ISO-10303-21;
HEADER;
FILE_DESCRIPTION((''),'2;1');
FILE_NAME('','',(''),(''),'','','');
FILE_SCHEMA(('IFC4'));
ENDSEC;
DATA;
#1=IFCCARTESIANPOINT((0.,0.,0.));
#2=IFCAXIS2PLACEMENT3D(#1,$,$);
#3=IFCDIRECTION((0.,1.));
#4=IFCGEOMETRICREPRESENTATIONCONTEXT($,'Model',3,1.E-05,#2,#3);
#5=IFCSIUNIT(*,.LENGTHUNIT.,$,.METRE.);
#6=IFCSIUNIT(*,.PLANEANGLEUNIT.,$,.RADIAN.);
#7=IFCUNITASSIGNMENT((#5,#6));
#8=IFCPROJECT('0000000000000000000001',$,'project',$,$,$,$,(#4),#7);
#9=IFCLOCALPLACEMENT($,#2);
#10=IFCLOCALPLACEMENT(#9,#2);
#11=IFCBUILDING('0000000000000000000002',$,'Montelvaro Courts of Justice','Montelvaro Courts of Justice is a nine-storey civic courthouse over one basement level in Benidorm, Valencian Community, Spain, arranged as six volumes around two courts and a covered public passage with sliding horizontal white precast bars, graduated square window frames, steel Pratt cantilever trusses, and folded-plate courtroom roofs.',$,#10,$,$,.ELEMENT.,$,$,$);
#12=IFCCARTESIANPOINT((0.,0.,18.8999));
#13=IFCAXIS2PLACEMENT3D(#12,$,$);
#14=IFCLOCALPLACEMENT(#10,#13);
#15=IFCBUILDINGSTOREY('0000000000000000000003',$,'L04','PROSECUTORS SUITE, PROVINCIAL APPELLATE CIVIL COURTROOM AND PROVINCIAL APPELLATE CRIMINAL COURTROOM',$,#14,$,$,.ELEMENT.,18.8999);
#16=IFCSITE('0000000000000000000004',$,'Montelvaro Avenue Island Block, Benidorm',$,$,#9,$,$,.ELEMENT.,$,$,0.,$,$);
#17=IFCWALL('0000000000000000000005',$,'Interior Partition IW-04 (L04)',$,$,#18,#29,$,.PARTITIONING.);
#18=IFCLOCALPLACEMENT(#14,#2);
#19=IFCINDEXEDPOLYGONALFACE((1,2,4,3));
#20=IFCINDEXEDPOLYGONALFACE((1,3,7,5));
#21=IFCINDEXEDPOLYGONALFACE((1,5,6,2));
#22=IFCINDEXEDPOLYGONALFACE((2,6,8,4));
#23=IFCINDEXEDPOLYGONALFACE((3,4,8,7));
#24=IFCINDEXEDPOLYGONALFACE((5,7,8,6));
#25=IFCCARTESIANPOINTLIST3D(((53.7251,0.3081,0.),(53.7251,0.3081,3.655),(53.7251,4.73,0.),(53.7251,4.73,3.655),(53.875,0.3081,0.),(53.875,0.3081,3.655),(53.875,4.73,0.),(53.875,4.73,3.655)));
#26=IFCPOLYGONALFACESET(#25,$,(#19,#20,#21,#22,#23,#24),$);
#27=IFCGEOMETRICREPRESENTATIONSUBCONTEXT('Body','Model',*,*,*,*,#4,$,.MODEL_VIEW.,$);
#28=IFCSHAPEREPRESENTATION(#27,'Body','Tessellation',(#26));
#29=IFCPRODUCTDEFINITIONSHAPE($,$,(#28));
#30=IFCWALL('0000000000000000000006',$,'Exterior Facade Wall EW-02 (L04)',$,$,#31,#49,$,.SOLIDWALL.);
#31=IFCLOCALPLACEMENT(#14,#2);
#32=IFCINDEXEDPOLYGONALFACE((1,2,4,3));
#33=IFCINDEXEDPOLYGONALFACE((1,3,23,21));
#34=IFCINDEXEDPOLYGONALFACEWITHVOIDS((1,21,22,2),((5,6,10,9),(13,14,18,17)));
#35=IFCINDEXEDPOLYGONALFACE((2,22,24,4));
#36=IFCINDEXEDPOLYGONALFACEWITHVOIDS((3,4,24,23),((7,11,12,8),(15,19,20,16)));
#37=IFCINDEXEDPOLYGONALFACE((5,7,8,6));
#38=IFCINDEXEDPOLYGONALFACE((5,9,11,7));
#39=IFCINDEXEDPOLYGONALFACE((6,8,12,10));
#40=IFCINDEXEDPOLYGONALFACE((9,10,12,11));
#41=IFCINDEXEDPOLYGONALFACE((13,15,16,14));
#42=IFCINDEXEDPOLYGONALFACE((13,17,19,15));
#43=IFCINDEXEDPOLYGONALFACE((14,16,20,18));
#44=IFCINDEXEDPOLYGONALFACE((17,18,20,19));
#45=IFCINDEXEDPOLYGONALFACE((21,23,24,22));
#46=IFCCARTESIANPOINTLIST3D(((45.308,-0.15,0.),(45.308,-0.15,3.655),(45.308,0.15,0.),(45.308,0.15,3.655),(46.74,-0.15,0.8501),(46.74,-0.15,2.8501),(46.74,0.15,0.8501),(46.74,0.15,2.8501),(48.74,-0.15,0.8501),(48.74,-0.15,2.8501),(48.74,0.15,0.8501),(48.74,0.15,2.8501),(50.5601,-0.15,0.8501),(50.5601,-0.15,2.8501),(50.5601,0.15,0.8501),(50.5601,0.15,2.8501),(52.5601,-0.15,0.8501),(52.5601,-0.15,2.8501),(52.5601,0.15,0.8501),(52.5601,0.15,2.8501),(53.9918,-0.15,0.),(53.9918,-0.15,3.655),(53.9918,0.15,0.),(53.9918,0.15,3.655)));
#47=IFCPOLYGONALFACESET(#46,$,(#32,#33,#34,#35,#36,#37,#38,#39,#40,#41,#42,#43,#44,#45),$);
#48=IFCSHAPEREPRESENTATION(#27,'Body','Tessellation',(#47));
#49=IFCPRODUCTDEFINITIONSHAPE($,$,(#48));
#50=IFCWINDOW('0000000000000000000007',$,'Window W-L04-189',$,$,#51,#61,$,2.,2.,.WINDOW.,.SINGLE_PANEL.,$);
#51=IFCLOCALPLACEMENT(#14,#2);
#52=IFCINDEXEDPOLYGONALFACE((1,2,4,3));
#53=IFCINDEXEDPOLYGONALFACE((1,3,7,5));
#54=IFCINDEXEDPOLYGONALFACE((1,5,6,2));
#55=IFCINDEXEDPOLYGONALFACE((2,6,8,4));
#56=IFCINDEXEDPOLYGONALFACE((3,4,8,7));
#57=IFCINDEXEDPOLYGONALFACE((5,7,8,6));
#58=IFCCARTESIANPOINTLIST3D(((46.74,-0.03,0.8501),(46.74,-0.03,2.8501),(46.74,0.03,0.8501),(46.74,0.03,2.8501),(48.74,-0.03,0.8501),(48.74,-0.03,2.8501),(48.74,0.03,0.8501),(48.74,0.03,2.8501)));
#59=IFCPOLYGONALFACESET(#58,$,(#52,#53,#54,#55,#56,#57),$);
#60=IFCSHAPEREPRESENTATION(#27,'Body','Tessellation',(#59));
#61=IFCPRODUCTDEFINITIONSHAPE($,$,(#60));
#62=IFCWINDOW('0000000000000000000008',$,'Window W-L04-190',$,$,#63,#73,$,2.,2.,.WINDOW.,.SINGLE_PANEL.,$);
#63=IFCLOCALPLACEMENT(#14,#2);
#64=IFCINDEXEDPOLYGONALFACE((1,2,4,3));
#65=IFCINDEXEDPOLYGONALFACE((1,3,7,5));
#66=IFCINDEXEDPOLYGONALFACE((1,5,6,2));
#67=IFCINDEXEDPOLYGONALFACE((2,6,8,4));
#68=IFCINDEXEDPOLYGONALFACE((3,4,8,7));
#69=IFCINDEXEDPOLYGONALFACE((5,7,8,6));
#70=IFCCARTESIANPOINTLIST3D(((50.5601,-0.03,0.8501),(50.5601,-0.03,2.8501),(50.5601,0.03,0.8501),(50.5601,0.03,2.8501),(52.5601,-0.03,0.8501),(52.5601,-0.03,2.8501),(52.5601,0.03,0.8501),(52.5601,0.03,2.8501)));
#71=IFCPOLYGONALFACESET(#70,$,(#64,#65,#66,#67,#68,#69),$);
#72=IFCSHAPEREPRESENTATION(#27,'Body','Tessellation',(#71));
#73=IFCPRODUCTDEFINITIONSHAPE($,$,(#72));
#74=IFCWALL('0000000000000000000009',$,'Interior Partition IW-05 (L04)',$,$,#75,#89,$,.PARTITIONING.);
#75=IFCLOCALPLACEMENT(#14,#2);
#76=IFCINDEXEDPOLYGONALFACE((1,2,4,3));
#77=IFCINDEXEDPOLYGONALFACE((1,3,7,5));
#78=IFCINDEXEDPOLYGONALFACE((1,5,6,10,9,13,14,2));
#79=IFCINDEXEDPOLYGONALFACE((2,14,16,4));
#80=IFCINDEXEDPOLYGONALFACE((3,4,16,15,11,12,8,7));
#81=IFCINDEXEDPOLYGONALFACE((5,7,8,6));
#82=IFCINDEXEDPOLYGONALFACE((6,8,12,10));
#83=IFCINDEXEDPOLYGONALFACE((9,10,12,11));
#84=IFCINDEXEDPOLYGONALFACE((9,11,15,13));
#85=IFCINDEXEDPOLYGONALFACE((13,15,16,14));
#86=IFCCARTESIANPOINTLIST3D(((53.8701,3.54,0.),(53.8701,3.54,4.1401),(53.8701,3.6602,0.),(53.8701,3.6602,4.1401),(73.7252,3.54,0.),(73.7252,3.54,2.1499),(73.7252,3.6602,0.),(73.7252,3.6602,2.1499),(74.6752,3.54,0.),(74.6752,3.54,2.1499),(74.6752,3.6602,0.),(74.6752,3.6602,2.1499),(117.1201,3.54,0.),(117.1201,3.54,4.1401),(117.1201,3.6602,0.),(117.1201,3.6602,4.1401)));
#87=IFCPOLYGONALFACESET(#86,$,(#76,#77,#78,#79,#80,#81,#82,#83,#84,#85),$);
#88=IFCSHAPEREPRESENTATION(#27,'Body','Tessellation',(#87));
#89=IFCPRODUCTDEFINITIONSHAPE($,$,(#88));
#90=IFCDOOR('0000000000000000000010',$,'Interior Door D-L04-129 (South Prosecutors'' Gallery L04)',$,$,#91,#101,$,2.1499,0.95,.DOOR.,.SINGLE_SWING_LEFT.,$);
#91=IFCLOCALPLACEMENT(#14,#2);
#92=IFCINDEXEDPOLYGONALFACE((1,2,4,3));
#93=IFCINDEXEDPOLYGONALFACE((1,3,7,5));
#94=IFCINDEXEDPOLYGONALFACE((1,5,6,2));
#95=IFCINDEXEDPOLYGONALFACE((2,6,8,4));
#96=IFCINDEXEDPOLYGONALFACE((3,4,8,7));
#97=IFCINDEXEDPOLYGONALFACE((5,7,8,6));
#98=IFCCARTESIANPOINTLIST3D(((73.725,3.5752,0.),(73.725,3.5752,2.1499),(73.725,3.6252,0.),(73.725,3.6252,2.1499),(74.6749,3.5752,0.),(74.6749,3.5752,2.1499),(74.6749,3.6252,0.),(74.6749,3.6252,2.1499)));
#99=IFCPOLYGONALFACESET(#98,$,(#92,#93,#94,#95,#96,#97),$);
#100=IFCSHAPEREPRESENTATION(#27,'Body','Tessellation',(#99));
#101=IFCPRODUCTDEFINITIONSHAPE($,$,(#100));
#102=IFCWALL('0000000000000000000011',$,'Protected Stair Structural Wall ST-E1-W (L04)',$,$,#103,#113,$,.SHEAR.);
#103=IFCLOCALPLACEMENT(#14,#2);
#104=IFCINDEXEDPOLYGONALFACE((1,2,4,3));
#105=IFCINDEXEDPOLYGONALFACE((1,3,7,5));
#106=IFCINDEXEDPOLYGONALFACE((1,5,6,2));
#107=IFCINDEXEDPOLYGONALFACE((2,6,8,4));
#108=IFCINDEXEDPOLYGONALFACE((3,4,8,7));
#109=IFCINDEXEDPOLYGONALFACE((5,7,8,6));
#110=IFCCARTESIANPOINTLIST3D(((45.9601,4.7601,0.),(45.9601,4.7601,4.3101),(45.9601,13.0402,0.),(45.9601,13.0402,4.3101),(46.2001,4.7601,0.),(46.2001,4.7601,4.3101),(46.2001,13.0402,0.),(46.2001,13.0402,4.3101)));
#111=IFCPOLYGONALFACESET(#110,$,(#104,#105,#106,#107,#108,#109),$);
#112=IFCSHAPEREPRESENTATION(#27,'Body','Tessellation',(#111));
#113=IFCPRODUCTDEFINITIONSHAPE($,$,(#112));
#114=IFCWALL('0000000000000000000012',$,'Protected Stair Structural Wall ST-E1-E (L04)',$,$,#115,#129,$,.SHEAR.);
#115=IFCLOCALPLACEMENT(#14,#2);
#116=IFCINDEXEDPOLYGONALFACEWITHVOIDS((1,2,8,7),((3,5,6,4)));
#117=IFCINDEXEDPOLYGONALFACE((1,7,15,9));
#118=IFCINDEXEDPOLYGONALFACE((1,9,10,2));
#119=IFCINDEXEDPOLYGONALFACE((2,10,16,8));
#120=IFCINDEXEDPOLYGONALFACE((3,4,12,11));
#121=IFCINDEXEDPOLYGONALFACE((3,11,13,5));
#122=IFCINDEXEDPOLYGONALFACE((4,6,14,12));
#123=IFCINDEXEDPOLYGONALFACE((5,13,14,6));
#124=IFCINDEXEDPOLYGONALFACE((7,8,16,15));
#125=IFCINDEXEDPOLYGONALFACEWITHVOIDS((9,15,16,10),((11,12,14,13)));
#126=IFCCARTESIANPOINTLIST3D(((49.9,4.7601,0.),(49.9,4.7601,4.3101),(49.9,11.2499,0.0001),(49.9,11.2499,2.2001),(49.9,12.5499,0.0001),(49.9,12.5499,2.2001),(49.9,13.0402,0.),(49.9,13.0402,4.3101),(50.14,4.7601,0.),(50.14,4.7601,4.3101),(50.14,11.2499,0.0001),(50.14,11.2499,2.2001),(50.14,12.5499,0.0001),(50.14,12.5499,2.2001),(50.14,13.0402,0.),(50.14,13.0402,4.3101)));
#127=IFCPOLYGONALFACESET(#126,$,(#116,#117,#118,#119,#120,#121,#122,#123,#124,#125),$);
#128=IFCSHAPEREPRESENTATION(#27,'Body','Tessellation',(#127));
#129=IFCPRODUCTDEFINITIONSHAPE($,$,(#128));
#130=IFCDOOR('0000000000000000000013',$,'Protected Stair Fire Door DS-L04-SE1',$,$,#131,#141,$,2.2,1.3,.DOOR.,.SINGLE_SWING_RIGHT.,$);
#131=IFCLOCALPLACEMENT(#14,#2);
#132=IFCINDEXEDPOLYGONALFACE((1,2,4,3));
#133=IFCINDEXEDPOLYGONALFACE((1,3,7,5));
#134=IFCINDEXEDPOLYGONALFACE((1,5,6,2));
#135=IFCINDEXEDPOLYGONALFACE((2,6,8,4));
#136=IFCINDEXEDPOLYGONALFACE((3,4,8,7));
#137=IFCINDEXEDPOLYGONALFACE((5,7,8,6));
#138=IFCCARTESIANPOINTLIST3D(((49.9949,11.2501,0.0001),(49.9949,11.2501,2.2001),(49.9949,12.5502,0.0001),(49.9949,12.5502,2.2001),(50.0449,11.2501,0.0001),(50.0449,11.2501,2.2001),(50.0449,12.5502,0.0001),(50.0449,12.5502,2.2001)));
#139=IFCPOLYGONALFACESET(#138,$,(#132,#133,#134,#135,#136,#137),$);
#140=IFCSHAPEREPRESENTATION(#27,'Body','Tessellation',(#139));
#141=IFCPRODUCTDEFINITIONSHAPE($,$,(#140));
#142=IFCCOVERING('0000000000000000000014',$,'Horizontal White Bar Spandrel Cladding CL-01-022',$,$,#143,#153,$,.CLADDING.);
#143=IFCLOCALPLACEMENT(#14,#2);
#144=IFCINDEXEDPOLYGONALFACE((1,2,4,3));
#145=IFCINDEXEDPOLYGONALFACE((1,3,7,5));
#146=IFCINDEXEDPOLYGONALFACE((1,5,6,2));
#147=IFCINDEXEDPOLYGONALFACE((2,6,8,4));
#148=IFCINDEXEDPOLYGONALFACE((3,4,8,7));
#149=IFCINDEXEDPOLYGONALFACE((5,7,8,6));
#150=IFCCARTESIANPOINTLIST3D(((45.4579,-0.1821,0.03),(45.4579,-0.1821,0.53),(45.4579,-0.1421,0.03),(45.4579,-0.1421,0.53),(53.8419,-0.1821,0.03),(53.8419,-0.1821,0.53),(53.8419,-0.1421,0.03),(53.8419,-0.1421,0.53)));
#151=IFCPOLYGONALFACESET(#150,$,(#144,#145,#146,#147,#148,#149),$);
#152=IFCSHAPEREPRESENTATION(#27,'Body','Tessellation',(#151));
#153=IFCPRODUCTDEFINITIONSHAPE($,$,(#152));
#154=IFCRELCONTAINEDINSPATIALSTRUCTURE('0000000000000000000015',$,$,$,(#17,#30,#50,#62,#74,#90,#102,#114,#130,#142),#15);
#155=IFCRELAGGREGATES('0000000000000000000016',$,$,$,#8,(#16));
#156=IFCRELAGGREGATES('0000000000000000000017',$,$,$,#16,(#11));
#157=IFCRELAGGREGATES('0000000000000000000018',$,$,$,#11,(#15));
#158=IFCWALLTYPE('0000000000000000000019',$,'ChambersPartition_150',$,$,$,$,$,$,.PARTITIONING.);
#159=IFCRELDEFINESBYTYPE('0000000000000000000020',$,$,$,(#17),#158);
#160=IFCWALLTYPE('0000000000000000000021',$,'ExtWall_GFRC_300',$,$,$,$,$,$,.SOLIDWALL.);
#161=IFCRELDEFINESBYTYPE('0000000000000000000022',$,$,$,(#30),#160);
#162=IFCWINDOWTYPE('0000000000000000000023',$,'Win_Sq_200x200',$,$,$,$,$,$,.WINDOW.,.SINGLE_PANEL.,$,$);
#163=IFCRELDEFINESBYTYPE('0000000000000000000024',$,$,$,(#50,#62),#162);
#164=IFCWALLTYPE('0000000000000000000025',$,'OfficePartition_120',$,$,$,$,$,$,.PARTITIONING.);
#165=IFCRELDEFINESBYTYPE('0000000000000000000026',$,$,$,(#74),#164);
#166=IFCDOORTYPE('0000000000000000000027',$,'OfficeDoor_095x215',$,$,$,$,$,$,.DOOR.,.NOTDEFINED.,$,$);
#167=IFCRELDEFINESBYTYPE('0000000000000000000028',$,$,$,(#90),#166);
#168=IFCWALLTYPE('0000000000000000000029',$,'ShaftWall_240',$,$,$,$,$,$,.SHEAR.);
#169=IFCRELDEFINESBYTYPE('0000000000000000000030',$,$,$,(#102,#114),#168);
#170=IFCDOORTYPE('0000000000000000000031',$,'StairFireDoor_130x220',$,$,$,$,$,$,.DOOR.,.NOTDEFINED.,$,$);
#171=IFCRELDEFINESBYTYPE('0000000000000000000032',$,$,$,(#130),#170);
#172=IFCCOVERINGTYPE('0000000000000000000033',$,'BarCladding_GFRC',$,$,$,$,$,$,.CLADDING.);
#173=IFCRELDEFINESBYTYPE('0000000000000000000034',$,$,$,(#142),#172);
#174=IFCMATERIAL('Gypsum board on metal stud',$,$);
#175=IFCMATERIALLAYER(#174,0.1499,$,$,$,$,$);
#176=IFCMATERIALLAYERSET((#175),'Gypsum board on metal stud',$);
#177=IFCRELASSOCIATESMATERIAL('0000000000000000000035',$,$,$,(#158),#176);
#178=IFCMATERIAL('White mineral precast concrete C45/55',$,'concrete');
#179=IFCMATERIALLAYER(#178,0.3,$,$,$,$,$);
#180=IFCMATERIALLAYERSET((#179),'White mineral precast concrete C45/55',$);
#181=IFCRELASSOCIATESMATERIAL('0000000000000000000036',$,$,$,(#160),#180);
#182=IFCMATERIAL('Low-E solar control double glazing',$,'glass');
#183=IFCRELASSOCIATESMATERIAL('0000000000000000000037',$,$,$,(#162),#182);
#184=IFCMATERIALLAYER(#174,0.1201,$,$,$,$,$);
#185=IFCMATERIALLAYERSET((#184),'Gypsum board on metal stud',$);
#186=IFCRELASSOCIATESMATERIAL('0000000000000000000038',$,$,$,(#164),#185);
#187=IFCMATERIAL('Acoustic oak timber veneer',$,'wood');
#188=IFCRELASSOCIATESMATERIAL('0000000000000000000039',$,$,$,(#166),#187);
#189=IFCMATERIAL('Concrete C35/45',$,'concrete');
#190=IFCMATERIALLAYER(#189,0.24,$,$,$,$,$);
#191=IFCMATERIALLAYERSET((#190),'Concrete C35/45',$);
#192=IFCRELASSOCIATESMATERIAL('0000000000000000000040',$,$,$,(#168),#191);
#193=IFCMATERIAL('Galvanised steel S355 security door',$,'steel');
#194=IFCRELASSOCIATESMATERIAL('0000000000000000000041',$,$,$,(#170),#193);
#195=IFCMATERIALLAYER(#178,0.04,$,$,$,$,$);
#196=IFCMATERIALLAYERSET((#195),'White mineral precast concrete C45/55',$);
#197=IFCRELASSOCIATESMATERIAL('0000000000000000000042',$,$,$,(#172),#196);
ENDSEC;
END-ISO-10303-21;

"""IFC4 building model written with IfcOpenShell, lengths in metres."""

from ifc_helpers import new_model, si_unit, direction, frame, frame_2d, origin, origin_2d, place, context, subcontext, project, spatial, rectangle, extrude, material, layer, layer_set, type_object, element, fill, save


model = new_model("IFC4")

# Units and contexts
model_context = context("Model", 3, precision=1e-05, world=origin(), true_north=direction((0.0, 1.0)))
body_context = subcontext(model_context, "Body", "Model", "MODEL_VIEW")
ifc_project = project(units=[si_unit("LENGTHUNIT", "METRE"), si_unit("PLANEANGLEUNIT", "RADIAN")], contexts=[model_context])

# Site, building, storey
site_placement = place(None, origin())
site = spatial("IfcSite", under=ifc_project, at=site_placement, Name="Montelvaro Avenue Island Block, Benidorm", CompositionType="ELEMENT", RefElevation=0.0)
building_placement = place(site_placement, origin())
building = spatial("IfcBuilding", under=site, at=building_placement, Name="Montelvaro Courts of Justice", Description="Montelvaro Courts of Justice is a nine-storey civic courthouse over one basement level in Benidorm, Valencian Community, Spain, arranged as six volumes around two courts and a covered public passage with sliding horizontal white precast bars, graduated square window frames, steel Pratt cantilever trusses, and folded-plate courtroom roofs.", CompositionType="ELEMENT")
storey_placement = place(building_placement, frame((0.0, 0.0, 18.8999)))
storey = spatial("IfcBuildingStorey", under=building, at=storey_placement, Name="L04", Description="PROSECUTORS SUITE, PROVINCIAL APPELLATE CIVIL COURTROOM AND PROVINCIAL APPELLATE CRIMINAL COURTROOM", CompositionType="ELEMENT", Elevation=18.8999)

# Shared definitions
ifc_material_1 = material(Name="White mineral precast concrete C45/55", Category="concrete")

# Wall
ifc_material_2 = material(Name="Gypsum board on metal stud")
ifc_layer_1 = layer(ifc_material_2, 0.1499)
ifc_layer_set_1 = layer_set([ifc_layer_1], Name="Gypsum board on metal stud")
wall_type_1 = type_object("IfcWallType", Name="ChambersPartition_150", PredefinedType="PARTITIONING", material=ifc_layer_set_1)
wall_1_placement = place(storey_placement, frame((53.8, 4.73, 0.0), z_axis=(0.0, 0.0, 1.0), x_axis=(0.0, -1.0, 0.0)))
element("IfcWall", 1, at=wall_1_placement, inside=storey, type_object=wall_type_1, Name="Interior Partition IW-04 (L04)", PredefinedType="PARTITIONING", context=body_context, shape_type="SweptSolid", body=[
    extrude(rectangle(XDim=4.4219, YDim=0.1499, at=frame_2d((2.2109, 0.0))), origin(), (0.0, 0.0, 1.0), 3.655),
])

# Wall, openings, windows
ifc_layer_2 = layer(ifc_material_1, 0.3)
ifc_layer_set_2 = layer_set([ifc_layer_2], Name="White mineral precast concrete C45/55")
wall_type_2 = type_object("IfcWallType", Name="ExtWall_GFRC_300", PredefinedType="SOLIDWALL", material=ifc_layer_set_2)
wall_2_placement = place(storey_placement, frame((45.3081, 0.0, 0.0), z_axis=(0.0, 0.0, 1.0), x_axis=(1.0, 0.0, 0.0)))
wall_2 = element("IfcWall", 2, at=wall_2_placement, inside=storey, type_object=wall_type_2, Name="Exterior Facade Wall EW-02 (L04)", PredefinedType="SOLIDWALL", context=body_context, shape_type="SweptSolid", body=[
    extrude(rectangle(XDim=8.6838, YDim=0.3, at=frame_2d((4.3418, 0.0))), origin(), (0.0, 0.0, 1.0), 3.655),
])
opening_1_placement = place(wall_2_placement, frame((1.4319, 0.0, 0.8501)))
opening_1 = element("IfcOpeningElement", 3, at=opening_1_placement, cuts=wall_2, PredefinedType="OPENING", context=body_context, shape_type="SweptSolid", body=[
    extrude(rectangle(XDim=2.0, YDim=2.0, at=frame_2d((1.0, 1.0))), frame((0.0, 0.165, 0.0), z_axis=(0.0, -1.0, 0.0), x_axis=(1.0, 0.0, 0.0)), (0.0, 0.0, 1.0), 0.3298),
])
opening_2_placement = place(wall_2_placement, frame((5.252, 0.0, 0.8501)))
opening_2 = element("IfcOpeningElement", 4, at=opening_2_placement, cuts=wall_2, PredefinedType="OPENING", context=body_context, shape_type="SweptSolid", body=[
    extrude(rectangle(XDim=2.0, YDim=2.0, at=frame_2d((1.0, 1.0))), frame((0.0, 0.165, 0.0), z_axis=(0.0, -1.0, 0.0), x_axis=(1.0, 0.0, 0.0)), (0.0, 0.0, 1.0), 0.3298),
])
ifc_material_3 = material(Name="Low-E solar control double glazing", Category="glass")
window_type = type_object("IfcWindowType", Name="Win_Sq_200x200", PartitioningType="SINGLE_PANEL", PredefinedType="WINDOW", material=ifc_material_3)
window_1_placement = place(opening_1_placement, origin())
window_1 = element("IfcWindow", 5, at=window_1_placement, inside=storey, type_object=window_type, Name="Window W-L04-189", OverallHeight=2.0, OverallWidth=2.0, PartitioningType="SINGLE_PANEL", PredefinedType="WINDOW", context=body_context, shape_type="SweptSolid", body=[
    extrude(rectangle(XDim=2.0, YDim=2.0, at=frame_2d((1.0, 1.0))), frame((0.0, 0.03, 0.0), z_axis=(0.0, -1.0, 0.0), x_axis=(1.0, 0.0, 0.0)), (0.0, 0.0, 1.0), 0.0601),
])
fill(opening_1, window_1)
window_2_placement = place(opening_2_placement, origin())
window_2 = element("IfcWindow", 6, at=window_2_placement, inside=storey, type_object=window_type, Name="Window W-L04-190", OverallHeight=2.0, OverallWidth=2.0, PartitioningType="SINGLE_PANEL", PredefinedType="WINDOW", context=body_context, shape_type="SweptSolid", body=[
    extrude(rectangle(XDim=2.0, YDim=2.0, at=frame_2d((1.0, 1.0))), frame((0.0, 0.03, 0.0), z_axis=(0.0, -1.0, 0.0), x_axis=(1.0, 0.0, 0.0)), (0.0, 0.0, 1.0), 0.0601),
])
fill(opening_2, window_2)

# Wall, opening, door
ifc_layer_3 = layer(ifc_material_2, 0.1201)
ifc_layer_set_3 = layer_set([ifc_layer_3], Name="Gypsum board on metal stud")
wall_type_3 = type_object("IfcWallType", Name="OfficePartition_120", PredefinedType="PARTITIONING", material=ifc_layer_set_3)
wall_3_placement = place(storey_placement, frame((53.8701, 3.6001, 0.0), z_axis=(0.0, 0.0, 1.0), x_axis=(1.0, 0.0, 0.0)))
wall_3 = element("IfcWall", 7, at=wall_3_placement, inside=storey, type_object=wall_type_3, Name="Interior Partition IW-05 (L04)", PredefinedType="PARTITIONING", context=body_context, shape_type="SweptSolid", body=[
    extrude(rectangle(XDim=63.25, YDim=0.1201, at=frame_2d((31.625, 0.0))), origin(), (0.0, 0.0, 1.0), 4.1401),
])
opening_3_placement = place(wall_3_placement, frame((19.855, 0.0, 0.0)))
opening_3 = element("IfcOpeningElement", 8, at=opening_3_placement, cuts=wall_3, PredefinedType="OPENING", context=body_context, shape_type="SweptSolid", body=[
    extrude(rectangle(XDim=0.95, YDim=2.1499, at=frame_2d((0.4751, 1.075))), frame((0.0, 0.075, 0.0), z_axis=(0.0, -1.0, 0.0), x_axis=(1.0, 0.0, 0.0)), (0.0, 0.0, 1.0), 0.1499),
])
ifc_material_4 = material(Name="Acoustic oak timber veneer", Category="wood")
door_type_1 = type_object("IfcDoorType", Name="OfficeDoor_095x215", OperationType="NOTDEFINED", PredefinedType="DOOR", material=ifc_material_4)
door_1_placement = place(opening_3_placement, frame((0.95, 0.0, 0.0), z_axis=(0.0, 0.0, 1.0), x_axis=(-1.0, 0.0, 0.0)))
door_1 = element("IfcDoor", 9, at=door_1_placement, inside=storey, type_object=door_type_1, Name="Interior Door D-L04-129 (South Prosecutors' Gallery L04)", OperationType="SINGLE_SWING_LEFT", OverallHeight=2.1499, OverallWidth=0.95, PredefinedType="DOOR", context=body_context, shape_type="SweptSolid", body=[
    extrude(rectangle(XDim=0.95, YDim=2.1499, at=frame_2d((0.4751, 1.075))), frame((0.0, 0.0249, 0.0), z_axis=(0.0, -1.0, 0.0), x_axis=(1.0, 0.0, 0.0)), (0.0, 0.0, 1.0), 0.05),
])
fill(opening_3, door_1)

# Wall
ifc_material_5 = material(Name="Concrete C35/45", Category="concrete")
ifc_layer_4 = layer(ifc_material_5, 0.24)
ifc_layer_set_4 = layer_set([ifc_layer_4], Name="Concrete C35/45")
wall_type_4 = type_object("IfcWallType", Name="ShaftWall_240", PredefinedType="SHEAR", material=ifc_layer_set_4)
wall_4_placement = place(storey_placement, frame((46.0801, 4.76, 0.0), z_axis=(0.0, 0.0, 1.0), x_axis=(0.0, 1.0, 0.0)))
element("IfcWall", 10, at=wall_4_placement, inside=storey, type_object=wall_type_4, Name="Protected Stair Structural Wall ST-E1-W (L04)", PredefinedType="SHEAR", context=body_context, shape_type="SweptSolid", body=[
    extrude(rectangle(XDim=8.28, YDim=0.24, at=frame_2d((4.1401, 0.0))), origin(), (0.0, 0.0, 1.0), 4.3101),
])

# Wall, opening, door
wall_5_placement = place(storey_placement, frame((50.02, 4.76, 0.0), z_axis=(0.0, 0.0, 1.0), x_axis=(0.0, 1.0, 0.0)))
wall_5 = element("IfcWall", 11, at=wall_5_placement, inside=storey, type_object=wall_type_4, Name="Protected Stair Structural Wall ST-E1-E (L04)", PredefinedType="SHEAR", context=body_context, shape_type="SweptSolid", body=[
    extrude(rectangle(XDim=8.28, YDim=0.24, at=frame_2d((4.1401, 0.0))), origin(), (0.0, 0.0, 1.0), 4.3101),
])
opening_4_placement = place(wall_5_placement, frame((6.49, 0.0, 0.0)))
opening_4 = element("IfcOpeningElement", 12, at=opening_4_placement, cuts=wall_5, PredefinedType="OPENING", context=body_context, shape_type="SweptSolid", body=[
    extrude(rectangle(XDim=1.3, YDim=2.2, at=frame_2d((0.6499, 1.1001))), frame((0.0, 0.1348, 0.0), z_axis=(0.0, -1.0, 0.0), x_axis=(1.0, 0.0, 0.0)), (0.0, 0.0, 1.0), 0.2698),
])
ifc_material_6 = material(Name="Galvanised steel S355 security door", Category="steel")
door_type_2 = type_object("IfcDoorType", Name="StairFireDoor_130x220", OperationType="NOTDEFINED", PredefinedType="DOOR", material=ifc_material_6)
door_2_placement = place(opening_4_placement, frame((1.3, 0.0, 0.0), z_axis=(0.0, 0.0, 1.0), x_axis=(-1.0, 0.0, 0.0)))
door_2 = element("IfcDoor", 13, at=door_2_placement, inside=storey, type_object=door_type_2, Name="Protected Stair Fire Door DS-L04-SE1", OperationType="SINGLE_SWING_RIGHT", OverallHeight=2.2, OverallWidth=1.3, PredefinedType="DOOR", context=body_context, shape_type="SweptSolid", body=[
    extrude(rectangle(XDim=1.3, YDim=2.2, at=frame_2d((0.6499, 1.1001))), frame((0.0, 0.0249, 0.0), z_axis=(0.0, -1.0, 0.0), x_axis=(1.0, 0.0, 0.0)), (0.0, 0.0, 1.0), 0.05),
])
fill(opening_4, door_2)

# Covering
ifc_layer_5 = layer(ifc_material_1, 0.04)
ifc_layer_set_5 = layer_set([ifc_layer_5], Name="White mineral precast concrete C45/55")
covering_type = type_object("IfcCoveringType", Name="BarCladding_GFRC", PredefinedType="CLADDING", material=ifc_layer_set_5)
covering_placement = place(storey_placement, frame((49.6499, -0.1621, 0.03), z_axis=(0.0, 0.0, 1.0), x_axis=(1.0, 0.0, 0.0)))
element("IfcCovering", 14, at=covering_placement, inside=storey, type_object=covering_type, Name="Horizontal White Bar Spandrel Cladding CL-01-022", PredefinedType="CLADDING", context=body_context, shape_type="SweptSolid", body=[
    extrude(rectangle(XDim=8.384, YDim=0.04, at=origin_2d()), origin(), (0.0, 0.0, 1.0), 0.5),
])

save(model, "model.ifc")
